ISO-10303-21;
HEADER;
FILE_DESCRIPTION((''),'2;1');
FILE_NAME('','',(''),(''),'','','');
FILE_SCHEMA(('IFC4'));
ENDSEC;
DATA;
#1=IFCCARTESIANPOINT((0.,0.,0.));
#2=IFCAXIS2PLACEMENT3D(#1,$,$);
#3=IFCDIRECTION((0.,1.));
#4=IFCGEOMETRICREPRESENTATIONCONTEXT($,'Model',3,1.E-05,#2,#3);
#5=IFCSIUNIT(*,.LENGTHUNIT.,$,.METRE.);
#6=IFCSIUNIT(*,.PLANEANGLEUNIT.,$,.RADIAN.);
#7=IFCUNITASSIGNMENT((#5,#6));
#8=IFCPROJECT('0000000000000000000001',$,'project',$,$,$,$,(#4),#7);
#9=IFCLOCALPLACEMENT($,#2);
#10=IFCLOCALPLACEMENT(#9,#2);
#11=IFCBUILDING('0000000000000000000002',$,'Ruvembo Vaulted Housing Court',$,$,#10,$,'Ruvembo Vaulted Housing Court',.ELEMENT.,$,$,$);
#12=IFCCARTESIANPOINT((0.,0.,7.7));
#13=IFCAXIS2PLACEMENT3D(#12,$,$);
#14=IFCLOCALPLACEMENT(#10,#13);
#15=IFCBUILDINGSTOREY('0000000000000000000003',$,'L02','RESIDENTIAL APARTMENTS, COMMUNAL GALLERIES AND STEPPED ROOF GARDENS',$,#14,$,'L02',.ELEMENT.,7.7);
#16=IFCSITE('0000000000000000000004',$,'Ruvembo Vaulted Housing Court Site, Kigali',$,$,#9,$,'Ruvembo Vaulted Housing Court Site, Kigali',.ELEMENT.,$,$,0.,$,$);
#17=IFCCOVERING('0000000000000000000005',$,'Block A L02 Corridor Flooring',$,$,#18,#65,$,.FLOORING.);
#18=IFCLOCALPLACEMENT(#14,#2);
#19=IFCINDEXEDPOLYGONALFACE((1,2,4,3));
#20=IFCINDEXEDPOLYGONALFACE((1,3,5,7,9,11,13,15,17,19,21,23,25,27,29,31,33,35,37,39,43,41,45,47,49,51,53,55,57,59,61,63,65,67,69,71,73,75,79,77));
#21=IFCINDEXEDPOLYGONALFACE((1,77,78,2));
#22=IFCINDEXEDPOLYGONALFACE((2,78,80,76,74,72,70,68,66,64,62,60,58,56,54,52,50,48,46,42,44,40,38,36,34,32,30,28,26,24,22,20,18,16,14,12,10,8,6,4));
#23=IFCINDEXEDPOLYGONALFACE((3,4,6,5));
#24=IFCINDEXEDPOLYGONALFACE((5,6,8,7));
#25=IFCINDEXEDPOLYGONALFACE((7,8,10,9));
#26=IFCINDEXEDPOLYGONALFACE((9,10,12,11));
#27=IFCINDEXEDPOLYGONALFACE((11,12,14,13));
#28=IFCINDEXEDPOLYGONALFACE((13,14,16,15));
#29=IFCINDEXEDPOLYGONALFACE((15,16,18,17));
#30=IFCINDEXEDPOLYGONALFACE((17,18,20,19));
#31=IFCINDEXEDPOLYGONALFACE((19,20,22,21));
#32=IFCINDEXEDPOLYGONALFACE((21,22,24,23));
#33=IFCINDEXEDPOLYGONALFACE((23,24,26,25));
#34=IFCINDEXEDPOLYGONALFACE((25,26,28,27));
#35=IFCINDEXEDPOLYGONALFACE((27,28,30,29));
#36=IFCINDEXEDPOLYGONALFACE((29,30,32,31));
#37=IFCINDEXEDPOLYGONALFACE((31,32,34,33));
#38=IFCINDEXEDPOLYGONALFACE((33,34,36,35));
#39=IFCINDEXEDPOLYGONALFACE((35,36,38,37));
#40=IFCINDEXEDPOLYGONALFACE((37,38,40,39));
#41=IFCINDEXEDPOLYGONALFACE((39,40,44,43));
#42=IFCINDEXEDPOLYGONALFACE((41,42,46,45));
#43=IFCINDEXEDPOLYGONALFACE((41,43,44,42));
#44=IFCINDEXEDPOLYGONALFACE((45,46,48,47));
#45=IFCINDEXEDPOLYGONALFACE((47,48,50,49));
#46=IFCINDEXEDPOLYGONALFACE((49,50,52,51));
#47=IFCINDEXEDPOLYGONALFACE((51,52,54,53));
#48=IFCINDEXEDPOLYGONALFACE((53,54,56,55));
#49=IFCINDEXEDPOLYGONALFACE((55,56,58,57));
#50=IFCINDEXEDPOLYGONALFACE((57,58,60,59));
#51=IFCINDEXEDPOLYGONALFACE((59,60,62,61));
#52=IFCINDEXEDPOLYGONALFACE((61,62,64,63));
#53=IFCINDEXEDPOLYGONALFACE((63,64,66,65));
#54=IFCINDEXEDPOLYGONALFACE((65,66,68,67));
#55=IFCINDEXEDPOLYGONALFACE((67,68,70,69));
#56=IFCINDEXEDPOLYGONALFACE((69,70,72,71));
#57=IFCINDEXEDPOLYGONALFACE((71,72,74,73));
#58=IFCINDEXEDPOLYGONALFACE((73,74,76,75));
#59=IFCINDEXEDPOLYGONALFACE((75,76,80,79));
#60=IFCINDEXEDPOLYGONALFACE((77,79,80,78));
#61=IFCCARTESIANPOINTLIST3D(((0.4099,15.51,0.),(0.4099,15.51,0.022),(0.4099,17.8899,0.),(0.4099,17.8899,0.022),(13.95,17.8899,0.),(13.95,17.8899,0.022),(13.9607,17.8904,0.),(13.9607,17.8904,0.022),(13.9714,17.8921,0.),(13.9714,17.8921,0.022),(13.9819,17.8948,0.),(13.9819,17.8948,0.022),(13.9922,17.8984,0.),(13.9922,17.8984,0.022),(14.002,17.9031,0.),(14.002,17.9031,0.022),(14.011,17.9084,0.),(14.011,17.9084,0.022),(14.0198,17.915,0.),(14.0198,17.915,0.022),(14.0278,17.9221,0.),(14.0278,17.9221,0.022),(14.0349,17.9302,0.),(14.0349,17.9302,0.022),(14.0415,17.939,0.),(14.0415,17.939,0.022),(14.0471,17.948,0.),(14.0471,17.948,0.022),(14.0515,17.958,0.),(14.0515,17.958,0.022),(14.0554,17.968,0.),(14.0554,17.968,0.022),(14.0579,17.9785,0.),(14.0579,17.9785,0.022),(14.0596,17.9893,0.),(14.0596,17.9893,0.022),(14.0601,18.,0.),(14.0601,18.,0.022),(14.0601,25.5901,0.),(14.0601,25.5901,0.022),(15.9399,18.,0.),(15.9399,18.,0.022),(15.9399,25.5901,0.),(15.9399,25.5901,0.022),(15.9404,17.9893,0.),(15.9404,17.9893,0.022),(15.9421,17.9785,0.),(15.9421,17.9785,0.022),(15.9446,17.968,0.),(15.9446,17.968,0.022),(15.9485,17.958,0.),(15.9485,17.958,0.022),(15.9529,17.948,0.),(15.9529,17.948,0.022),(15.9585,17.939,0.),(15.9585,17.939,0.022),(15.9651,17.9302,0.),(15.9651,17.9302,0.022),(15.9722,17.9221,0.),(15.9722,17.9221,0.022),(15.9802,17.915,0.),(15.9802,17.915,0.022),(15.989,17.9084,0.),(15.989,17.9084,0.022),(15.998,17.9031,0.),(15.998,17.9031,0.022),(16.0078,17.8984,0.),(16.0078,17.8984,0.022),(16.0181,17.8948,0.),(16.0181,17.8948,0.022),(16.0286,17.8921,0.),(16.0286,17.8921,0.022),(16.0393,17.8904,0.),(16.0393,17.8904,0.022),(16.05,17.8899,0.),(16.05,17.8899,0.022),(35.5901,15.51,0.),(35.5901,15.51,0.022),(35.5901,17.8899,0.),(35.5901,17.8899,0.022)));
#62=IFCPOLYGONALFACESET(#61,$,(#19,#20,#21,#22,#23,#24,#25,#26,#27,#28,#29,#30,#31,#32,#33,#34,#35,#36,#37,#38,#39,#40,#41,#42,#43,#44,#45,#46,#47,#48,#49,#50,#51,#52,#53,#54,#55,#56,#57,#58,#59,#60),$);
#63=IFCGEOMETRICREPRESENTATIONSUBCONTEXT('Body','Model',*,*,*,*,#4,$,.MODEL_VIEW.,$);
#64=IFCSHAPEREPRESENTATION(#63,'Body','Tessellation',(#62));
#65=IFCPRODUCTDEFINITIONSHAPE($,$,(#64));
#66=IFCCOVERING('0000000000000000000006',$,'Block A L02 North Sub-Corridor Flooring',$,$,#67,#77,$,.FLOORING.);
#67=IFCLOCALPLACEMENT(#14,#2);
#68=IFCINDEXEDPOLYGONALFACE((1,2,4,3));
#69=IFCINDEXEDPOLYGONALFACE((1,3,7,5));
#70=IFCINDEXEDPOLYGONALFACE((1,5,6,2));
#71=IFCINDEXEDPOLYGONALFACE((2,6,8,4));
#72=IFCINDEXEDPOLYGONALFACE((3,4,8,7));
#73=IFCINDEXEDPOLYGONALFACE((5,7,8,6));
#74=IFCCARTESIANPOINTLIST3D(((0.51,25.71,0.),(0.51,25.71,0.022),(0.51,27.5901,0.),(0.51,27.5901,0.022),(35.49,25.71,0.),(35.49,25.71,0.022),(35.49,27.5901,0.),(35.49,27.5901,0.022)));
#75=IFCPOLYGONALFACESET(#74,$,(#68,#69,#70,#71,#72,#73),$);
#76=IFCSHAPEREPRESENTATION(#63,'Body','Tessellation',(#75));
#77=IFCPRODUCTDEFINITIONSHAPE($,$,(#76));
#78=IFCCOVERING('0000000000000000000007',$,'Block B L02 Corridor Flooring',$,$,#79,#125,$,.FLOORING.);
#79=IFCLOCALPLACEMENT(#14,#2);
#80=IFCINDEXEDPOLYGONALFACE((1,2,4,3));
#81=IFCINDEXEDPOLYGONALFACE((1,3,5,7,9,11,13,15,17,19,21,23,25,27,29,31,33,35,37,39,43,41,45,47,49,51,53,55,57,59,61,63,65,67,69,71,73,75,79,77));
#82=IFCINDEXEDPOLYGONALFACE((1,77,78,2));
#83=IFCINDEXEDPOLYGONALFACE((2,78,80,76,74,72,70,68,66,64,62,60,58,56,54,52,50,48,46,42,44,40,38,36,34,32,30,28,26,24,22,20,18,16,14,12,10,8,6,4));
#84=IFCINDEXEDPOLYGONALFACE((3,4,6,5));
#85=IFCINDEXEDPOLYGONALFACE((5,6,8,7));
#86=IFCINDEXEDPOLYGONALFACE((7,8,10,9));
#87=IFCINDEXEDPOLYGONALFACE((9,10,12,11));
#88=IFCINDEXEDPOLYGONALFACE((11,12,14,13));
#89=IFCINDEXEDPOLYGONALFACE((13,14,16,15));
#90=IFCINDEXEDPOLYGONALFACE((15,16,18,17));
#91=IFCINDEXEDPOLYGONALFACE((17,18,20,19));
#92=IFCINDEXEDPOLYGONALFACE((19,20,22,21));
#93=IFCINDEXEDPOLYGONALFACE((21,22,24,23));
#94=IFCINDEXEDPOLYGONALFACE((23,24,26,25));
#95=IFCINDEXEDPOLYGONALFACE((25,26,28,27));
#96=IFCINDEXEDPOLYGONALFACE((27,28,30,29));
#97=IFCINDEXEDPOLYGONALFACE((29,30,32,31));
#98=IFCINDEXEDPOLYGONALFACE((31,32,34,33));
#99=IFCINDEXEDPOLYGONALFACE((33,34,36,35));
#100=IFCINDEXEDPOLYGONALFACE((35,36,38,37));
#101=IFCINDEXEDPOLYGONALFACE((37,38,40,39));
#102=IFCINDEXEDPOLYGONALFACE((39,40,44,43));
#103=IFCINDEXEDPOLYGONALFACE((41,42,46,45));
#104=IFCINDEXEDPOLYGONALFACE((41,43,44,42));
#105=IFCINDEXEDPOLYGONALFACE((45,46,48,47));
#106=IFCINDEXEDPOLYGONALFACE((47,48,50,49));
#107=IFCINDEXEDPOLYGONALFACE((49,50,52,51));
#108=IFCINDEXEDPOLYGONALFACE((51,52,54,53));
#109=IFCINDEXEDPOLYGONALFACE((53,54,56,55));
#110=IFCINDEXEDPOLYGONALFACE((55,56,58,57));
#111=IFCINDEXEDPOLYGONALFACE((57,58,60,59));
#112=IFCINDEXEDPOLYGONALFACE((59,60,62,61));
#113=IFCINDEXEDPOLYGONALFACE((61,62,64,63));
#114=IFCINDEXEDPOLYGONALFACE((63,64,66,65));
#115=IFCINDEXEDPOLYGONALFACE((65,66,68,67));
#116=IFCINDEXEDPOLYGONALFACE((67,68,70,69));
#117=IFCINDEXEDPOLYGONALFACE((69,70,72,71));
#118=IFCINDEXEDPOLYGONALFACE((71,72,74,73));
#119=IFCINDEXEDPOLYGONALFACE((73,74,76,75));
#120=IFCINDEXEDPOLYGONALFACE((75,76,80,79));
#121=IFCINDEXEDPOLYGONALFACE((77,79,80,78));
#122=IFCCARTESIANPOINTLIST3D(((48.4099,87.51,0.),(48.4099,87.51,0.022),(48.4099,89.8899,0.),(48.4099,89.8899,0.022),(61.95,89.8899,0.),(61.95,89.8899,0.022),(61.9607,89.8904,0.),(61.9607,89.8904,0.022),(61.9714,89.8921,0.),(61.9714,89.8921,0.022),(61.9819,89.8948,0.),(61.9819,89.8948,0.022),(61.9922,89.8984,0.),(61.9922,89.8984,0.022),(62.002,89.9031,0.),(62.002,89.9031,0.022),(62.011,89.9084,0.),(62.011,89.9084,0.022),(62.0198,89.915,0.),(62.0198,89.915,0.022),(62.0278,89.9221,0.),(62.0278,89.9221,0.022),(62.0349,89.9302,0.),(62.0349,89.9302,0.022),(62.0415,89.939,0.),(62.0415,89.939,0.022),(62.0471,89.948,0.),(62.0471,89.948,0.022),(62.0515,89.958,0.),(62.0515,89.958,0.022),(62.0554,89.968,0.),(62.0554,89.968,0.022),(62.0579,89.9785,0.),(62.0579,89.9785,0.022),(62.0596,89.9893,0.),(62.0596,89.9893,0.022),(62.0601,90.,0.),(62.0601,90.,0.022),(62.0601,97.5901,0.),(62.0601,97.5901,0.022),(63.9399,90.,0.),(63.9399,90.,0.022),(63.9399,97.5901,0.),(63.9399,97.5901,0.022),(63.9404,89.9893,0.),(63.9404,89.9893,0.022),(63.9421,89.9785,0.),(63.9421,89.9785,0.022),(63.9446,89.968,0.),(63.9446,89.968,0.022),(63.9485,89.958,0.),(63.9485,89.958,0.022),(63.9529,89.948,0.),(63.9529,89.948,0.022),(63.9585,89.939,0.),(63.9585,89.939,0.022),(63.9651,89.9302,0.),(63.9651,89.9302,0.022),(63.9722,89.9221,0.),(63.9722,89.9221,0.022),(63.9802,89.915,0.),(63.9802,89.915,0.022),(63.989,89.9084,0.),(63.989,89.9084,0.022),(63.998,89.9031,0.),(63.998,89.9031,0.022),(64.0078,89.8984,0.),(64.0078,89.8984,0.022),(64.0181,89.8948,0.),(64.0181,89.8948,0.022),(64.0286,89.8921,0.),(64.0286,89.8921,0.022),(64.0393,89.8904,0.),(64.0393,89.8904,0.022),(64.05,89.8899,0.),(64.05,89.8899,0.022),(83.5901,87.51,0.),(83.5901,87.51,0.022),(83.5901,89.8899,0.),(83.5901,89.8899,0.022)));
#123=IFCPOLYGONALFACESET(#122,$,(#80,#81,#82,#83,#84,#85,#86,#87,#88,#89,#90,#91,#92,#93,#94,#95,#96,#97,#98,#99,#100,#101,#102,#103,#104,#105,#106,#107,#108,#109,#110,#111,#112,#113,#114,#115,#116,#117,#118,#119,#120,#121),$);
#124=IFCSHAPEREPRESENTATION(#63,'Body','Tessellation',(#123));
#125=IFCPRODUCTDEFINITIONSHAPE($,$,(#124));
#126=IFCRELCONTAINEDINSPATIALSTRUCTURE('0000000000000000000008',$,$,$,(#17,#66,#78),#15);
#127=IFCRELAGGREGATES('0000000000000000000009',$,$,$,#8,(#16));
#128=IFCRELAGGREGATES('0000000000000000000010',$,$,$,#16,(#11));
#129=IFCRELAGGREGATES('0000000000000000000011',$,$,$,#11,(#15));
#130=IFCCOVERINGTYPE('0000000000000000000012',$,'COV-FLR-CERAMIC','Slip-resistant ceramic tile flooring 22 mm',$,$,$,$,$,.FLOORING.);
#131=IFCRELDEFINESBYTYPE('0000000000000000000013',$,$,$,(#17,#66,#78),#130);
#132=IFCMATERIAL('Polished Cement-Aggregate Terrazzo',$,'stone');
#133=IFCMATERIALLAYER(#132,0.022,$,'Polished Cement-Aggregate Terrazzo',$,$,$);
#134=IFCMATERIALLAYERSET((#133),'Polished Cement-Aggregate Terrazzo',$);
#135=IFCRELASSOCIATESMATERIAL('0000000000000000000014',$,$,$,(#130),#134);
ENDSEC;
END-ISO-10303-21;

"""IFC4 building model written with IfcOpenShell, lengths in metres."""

from ifc_helpers import new_model, si_unit, direction, frame, origin, place, context, subcontext, project, spatial, polyline, outline, extrude, material, layer, layer_set, type_object, element, save


model = new_model("IFC4")

# Units and contexts
model_context = context("Model", 3, precision=1e-05, world=origin(), true_north=direction((0.0, 1.0)))
body_context = subcontext(model_context, "Body", "Model", "MODEL_VIEW")
ifc_project = project(units=[si_unit("LENGTHUNIT", "METRE"), si_unit("PLANEANGLEUNIT", "RADIAN")], contexts=[model_context])

# Site, building, storey
site_placement = place(None, origin())
site = spatial("IfcSite", under=ifc_project, at=site_placement, Name="Ruvembo Vaulted Housing Court Site, Kigali", LongName="Ruvembo Vaulted Housing Court Site, Kigali", CompositionType="ELEMENT", RefElevation=0.0)
building_placement = place(site_placement, origin())
building = spatial("IfcBuilding", under=site, at=building_placement, Name="Ruvembo Vaulted Housing Court", LongName="Ruvembo Vaulted Housing Court", CompositionType="ELEMENT")
storey_placement = place(building_placement, frame((0.0, 0.0, 7.7)))
storey = spatial("IfcBuildingStorey", under=building, at=storey_placement, Name="L02", Description="RESIDENTIAL APARTMENTS, COMMUNAL GALLERIES AND STEPPED ROOF GARDENS", LongName="L02", CompositionType="ELEMENT", Elevation=7.7)

# Coverings
ifc_material_1 = material(Name="Polished Cement-Aggregate Terrazzo", Category="stone")
ifc_layer_1 = layer(ifc_material_1, 0.022, Name="Polished Cement-Aggregate Terrazzo")
ifc_layer_set_1 = layer_set([ifc_layer_1], Name="Polished Cement-Aggregate Terrazzo")
covering_type_1 = type_object("IfcCoveringType", Name="COV-FLR-CERAMIC", Description="Slip-resistant ceramic tile flooring 22 mm", PredefinedType="FLOORING", material=ifc_layer_set_1)
covering_1_placement = place(storey_placement, origin())
element("IfcCovering", 1, at=covering_1_placement, inside=storey, type_object=covering_type_1, Name="Block A L02 Corridor Flooring", PredefinedType="FLOORING", context=body_context, shape_type="SweptSolid", body=[
    extrude(outline(polyline([(35.5901, 15.51), (35.5901, 17.8899), (16.05, 17.8899), (16.0393, 17.8904), (16.0286, 17.8921), (16.0181, 17.8948), (16.0078, 17.8984), (15.998, 17.9031), (15.989, 17.9084), (15.9802, 17.915), (15.9722, 17.9221), (15.9651, 17.9302), (15.9585, 17.939), (15.9529, 17.948), (15.9485, 17.958), (15.9446, 17.968), (15.9421, 17.9785), (15.9404, 17.9893), (15.9399, 18.0), (15.9399, 25.5901), (14.0601, 25.5901), (14.0601, 18.0), (14.0596, 17.9893), (14.0579, 17.9785), (14.0554, 17.968), (14.0515, 17.958), (14.0471, 17.948), (14.0415, 17.939), (14.0349, 17.9302), (14.0278, 17.9221), (14.0198, 17.915), (14.011, 17.9084), (14.002, 17.9031), (13.9922, 17.8984), (13.9819, 17.8948), (13.9714, 17.8921), (13.9607, 17.8904), (13.95, 17.8899), (0.4099, 17.8899), (0.4099, 15.51), (35.5901, 15.51)])), origin(), (0.0, 0.0, 1.0), 0.022),
])
covering_2_placement = place(storey_placement, origin())
element("IfcCovering", 2, at=covering_2_placement, inside=storey, type_object=covering_type_1, Name="Block A L02 North Sub-Corridor Flooring", PredefinedType="FLOORING", context=body_context, shape_type="SweptSolid", body=[
    extrude(outline(polyline([(0.51, 25.71), (35.49, 25.71), (35.49, 27.5901), (0.51, 27.5901), (0.51, 25.71)])), origin(), (0.0, 0.0, 1.0), 0.022),
])
covering_3_placement = place(storey_placement, origin())
element("IfcCovering", 3, at=covering_3_placement, inside=storey, type_object=covering_type_1, Name="Block B L02 Corridor Flooring", PredefinedType="FLOORING", context=body_context, shape_type="SweptSolid", body=[
    extrude(outline(polyline([(83.5901, 87.51), (83.5901, 89.8899), (64.05, 89.8899), (64.0393, 89.8904), (64.0286, 89.8921), (64.0181, 89.8948), (64.0078, 89.8984), (63.998, 89.9031), (63.989, 89.9084), (63.9802, 89.915), (63.9722, 89.9221), (63.9651, 89.9302), (63.9585, 89.939), (63.9529, 89.948), (63.9485, 89.958), (63.9446, 89.968), (63.9421, 89.9785), (63.9404, 89.9893), (63.9399, 90.0), (63.9399, 97.5901), (62.0601, 97.5901), (62.0601, 90.0), (62.0596, 89.9893), (62.0579, 89.9785), (62.0554, 89.968), (62.0515, 89.958), (62.0471, 89.948), (62.0415, 89.939), (62.0349, 89.9302), (62.0278, 89.9221), (62.0198, 89.915), (62.011, 89.9084), (62.002, 89.9031), (61.9922, 89.8984), (61.9819, 89.8948), (61.9714, 89.8921), (61.9607, 89.8904), (61.95, 89.8899), (48.4099, 89.8899), (48.4099, 87.51), (83.5901, 87.51)])), origin(), (0.0, 0.0, 1.0), 0.022),
])

save(model, "model.ifc")
